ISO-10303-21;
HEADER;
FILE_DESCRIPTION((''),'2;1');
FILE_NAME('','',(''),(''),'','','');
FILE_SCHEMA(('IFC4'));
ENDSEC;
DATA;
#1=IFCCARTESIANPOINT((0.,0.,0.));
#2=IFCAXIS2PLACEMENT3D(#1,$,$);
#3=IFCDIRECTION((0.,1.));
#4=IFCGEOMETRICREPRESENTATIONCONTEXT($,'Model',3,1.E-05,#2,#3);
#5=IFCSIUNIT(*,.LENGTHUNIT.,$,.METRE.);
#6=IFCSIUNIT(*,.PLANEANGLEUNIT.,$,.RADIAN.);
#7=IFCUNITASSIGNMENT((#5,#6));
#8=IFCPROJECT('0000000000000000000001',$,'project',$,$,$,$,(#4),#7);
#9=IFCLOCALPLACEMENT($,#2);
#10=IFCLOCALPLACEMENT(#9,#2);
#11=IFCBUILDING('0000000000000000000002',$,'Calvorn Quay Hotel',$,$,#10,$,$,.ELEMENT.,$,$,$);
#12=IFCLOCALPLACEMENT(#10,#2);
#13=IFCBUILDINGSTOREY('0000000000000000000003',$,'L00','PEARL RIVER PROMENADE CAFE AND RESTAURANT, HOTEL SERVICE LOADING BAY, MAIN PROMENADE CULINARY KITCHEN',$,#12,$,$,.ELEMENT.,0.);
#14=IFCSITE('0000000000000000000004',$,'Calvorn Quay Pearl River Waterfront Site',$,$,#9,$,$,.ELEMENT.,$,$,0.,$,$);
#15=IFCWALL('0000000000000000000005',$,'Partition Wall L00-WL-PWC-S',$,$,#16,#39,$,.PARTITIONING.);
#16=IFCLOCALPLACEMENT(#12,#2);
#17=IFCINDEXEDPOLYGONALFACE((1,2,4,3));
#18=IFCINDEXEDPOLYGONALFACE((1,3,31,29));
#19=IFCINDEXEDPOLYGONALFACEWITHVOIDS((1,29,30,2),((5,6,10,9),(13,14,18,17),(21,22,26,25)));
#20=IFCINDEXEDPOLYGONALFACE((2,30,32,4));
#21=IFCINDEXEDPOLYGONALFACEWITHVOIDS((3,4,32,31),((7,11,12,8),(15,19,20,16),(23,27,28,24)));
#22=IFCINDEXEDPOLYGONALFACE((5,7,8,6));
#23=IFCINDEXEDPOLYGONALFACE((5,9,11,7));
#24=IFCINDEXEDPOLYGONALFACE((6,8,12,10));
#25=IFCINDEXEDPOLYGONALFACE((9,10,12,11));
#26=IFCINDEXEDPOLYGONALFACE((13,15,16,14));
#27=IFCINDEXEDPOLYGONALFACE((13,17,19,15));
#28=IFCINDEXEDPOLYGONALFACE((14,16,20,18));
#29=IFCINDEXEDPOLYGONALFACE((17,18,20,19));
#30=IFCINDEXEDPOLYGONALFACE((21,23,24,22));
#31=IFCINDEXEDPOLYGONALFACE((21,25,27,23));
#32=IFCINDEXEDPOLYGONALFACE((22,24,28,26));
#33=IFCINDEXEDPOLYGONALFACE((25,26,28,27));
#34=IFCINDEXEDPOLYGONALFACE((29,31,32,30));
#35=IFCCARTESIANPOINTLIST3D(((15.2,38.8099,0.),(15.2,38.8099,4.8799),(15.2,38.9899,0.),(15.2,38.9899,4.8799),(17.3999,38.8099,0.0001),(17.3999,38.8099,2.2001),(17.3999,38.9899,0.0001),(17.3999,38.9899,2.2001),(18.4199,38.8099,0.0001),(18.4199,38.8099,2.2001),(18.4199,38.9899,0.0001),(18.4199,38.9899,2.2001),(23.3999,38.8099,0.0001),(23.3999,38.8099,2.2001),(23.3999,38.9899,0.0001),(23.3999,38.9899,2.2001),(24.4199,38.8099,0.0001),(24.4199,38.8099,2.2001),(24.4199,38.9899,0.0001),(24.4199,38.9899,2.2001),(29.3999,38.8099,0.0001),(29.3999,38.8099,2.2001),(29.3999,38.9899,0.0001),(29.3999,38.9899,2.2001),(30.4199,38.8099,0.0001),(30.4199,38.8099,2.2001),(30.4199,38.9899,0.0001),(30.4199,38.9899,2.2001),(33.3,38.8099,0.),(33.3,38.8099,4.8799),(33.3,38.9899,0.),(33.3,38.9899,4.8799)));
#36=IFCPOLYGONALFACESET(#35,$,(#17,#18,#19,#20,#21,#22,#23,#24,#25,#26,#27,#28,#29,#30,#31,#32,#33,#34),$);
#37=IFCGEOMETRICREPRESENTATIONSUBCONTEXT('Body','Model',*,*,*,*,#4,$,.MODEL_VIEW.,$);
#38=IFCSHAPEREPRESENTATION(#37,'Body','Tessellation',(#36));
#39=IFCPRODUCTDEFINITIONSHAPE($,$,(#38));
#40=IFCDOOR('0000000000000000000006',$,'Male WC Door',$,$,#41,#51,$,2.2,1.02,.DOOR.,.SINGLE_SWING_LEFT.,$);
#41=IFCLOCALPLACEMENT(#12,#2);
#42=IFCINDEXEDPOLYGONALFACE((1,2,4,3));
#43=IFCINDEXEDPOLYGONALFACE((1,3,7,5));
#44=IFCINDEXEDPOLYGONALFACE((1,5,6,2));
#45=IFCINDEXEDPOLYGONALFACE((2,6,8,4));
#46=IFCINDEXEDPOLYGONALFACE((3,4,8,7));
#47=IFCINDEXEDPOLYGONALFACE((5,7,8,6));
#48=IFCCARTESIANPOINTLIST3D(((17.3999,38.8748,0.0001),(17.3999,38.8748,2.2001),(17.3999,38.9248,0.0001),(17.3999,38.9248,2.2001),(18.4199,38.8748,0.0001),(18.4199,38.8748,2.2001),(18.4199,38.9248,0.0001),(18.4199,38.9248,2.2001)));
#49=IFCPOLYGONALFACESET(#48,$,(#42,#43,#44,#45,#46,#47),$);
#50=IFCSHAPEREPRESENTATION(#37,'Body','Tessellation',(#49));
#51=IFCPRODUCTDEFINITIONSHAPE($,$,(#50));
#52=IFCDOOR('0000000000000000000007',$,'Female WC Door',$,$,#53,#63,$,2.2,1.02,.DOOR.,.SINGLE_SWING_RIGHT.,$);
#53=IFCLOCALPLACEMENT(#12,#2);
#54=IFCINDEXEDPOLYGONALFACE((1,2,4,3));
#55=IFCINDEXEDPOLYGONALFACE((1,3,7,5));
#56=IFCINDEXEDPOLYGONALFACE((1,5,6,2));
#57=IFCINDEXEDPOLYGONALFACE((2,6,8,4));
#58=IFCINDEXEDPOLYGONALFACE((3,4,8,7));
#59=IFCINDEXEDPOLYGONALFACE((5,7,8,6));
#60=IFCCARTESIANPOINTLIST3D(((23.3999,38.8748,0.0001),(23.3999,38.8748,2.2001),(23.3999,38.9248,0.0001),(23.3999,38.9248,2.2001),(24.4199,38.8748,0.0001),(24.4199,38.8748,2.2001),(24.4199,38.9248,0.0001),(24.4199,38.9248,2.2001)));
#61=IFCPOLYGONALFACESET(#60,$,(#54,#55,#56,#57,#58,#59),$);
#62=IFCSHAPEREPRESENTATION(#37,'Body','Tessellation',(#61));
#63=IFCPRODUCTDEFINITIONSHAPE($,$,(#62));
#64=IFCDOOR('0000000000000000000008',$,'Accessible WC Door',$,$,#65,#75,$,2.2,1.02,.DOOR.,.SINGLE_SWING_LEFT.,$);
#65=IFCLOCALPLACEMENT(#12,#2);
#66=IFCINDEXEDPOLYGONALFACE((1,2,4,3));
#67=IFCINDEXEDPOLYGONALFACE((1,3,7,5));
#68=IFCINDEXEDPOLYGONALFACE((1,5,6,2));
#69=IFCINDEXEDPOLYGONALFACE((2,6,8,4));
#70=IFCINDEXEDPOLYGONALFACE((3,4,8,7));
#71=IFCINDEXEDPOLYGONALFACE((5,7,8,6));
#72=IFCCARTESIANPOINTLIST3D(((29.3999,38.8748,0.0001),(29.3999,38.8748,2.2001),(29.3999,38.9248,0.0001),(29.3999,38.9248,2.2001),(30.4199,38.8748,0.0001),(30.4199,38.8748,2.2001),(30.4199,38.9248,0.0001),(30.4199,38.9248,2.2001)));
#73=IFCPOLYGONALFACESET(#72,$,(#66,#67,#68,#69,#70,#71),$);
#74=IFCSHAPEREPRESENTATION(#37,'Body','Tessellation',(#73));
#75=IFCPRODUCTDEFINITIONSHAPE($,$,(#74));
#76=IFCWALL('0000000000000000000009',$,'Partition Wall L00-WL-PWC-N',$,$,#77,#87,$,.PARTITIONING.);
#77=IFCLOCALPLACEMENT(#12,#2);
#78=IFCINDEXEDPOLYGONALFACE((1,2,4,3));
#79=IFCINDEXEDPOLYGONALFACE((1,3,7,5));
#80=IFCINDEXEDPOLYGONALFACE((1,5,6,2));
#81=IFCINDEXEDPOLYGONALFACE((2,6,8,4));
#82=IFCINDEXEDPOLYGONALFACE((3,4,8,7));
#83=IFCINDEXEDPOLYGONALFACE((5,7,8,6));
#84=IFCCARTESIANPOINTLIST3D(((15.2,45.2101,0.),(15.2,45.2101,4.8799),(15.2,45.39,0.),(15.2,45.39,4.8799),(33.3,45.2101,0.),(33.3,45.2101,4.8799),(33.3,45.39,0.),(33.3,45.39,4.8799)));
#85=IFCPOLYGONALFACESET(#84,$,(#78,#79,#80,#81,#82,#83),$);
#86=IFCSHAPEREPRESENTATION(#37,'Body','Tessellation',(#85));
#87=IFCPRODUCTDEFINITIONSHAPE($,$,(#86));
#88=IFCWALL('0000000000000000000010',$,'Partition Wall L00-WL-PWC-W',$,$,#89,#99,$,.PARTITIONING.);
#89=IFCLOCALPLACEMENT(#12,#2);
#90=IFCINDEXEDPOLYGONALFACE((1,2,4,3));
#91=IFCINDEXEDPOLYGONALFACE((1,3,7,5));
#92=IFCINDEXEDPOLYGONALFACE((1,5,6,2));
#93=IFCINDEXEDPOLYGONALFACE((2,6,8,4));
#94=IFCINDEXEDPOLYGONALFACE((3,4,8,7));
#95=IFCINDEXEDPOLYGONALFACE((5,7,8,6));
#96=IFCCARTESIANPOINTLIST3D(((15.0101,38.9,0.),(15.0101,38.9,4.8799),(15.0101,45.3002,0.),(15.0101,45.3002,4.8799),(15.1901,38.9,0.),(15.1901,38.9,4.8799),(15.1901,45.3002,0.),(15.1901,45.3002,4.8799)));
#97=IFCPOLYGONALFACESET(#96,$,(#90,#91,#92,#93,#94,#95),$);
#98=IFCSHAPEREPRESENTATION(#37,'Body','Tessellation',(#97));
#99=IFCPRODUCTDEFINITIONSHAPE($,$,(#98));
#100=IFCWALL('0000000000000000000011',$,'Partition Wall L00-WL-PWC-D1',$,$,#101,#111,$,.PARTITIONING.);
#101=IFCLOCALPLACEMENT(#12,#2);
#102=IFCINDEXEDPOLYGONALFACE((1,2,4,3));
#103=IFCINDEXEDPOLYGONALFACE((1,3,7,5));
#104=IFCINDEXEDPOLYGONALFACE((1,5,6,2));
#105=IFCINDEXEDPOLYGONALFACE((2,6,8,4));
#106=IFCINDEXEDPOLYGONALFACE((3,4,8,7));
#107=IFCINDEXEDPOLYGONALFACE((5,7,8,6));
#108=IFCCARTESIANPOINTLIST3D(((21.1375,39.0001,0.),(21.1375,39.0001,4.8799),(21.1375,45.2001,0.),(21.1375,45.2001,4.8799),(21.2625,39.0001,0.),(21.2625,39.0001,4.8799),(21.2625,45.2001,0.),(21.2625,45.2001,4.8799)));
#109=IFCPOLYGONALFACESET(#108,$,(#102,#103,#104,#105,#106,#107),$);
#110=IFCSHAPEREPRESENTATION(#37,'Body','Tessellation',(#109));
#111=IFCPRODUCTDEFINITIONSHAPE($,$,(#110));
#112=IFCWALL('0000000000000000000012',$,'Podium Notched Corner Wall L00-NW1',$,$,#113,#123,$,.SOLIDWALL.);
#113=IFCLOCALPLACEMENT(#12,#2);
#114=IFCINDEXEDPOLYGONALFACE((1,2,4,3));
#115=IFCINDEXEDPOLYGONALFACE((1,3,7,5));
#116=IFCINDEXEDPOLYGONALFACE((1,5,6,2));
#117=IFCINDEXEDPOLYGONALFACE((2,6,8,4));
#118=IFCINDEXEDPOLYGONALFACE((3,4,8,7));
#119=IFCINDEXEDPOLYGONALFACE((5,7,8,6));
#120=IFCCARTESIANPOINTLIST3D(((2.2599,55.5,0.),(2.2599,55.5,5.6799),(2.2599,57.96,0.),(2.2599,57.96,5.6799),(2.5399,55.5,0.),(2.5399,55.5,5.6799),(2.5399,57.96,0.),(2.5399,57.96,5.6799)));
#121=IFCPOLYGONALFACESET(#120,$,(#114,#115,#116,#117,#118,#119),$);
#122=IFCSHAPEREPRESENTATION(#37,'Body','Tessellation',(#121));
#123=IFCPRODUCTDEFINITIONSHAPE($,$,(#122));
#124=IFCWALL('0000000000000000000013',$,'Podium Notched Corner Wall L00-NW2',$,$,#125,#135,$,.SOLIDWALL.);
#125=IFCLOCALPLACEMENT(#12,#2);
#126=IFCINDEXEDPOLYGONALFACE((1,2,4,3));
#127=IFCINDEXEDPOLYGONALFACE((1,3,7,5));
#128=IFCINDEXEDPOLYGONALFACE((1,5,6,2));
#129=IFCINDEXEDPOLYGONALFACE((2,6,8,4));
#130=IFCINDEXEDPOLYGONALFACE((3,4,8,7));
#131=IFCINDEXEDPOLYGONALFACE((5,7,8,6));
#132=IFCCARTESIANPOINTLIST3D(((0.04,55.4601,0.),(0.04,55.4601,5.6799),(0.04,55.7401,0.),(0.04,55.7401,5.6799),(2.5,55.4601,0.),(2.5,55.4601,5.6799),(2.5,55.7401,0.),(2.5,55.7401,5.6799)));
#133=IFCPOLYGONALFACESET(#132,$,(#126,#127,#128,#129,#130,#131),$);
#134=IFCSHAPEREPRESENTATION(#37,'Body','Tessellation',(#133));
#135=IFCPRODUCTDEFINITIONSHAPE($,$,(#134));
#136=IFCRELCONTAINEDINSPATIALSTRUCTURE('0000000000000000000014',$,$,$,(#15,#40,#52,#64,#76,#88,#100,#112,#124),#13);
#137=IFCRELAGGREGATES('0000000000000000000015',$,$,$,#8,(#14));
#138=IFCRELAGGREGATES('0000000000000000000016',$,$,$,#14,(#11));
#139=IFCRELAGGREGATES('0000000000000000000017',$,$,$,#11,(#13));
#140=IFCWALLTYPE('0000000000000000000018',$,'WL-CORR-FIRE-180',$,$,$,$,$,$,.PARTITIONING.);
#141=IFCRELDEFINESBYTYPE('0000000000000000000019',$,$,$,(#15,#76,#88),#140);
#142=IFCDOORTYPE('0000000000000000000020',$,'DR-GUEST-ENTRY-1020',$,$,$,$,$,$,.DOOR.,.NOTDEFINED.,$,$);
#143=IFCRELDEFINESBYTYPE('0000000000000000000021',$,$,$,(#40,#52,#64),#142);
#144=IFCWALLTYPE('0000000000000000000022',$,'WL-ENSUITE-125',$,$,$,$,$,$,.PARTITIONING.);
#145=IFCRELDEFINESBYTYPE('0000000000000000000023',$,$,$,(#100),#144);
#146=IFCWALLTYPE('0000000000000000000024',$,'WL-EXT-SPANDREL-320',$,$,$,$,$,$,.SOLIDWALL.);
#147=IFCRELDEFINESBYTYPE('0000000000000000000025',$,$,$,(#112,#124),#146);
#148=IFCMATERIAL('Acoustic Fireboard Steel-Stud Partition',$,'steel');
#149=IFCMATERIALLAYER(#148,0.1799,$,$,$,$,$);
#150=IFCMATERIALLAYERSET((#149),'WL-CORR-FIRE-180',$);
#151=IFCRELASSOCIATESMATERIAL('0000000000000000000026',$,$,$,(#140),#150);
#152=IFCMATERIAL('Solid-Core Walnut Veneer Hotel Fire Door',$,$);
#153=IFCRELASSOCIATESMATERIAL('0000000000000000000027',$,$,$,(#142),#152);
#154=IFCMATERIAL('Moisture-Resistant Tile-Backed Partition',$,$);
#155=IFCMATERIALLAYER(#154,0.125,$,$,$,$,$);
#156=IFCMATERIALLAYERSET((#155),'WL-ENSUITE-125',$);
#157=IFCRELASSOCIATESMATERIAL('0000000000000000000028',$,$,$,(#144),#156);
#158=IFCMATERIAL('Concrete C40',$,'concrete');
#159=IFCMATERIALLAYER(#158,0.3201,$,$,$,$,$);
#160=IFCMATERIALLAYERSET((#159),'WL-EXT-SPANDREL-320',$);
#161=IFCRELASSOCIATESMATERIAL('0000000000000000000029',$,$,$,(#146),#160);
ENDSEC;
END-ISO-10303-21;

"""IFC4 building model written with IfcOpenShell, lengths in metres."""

from ifc_helpers import new_model, si_unit, direction, frame, frame_2d, origin, place, context, subcontext, project, spatial, rectangle, extrude, material, layer, layer_set, type_object, element, fill, save


model = new_model("IFC4")

# Units and contexts
model_context = context("Model", 3, precision=1e-05, world=origin(), true_north=direction((0.0, 1.0)))
body_context = subcontext(model_context, "Body", "Model", "MODEL_VIEW")
ifc_project = project(units=[si_unit("LENGTHUNIT", "METRE"), si_unit("PLANEANGLEUNIT", "RADIAN")], contexts=[model_context])

# Site, building, storey
site_placement = place(None, origin())
site = spatial("IfcSite", under=ifc_project, at=site_placement, Name="Calvorn Quay Pearl River Waterfront Site", CompositionType="ELEMENT", RefElevation=0.0)
building_placement = place(site_placement, origin())
building = spatial("IfcBuilding", under=site, at=building_placement, Name="Calvorn Quay Hotel", CompositionType="ELEMENT")
storey_placement = place(building_placement, origin())
storey = spatial("IfcBuildingStorey", under=building, at=storey_placement, Name="L00", Description="PEARL RIVER PROMENADE CAFE AND RESTAURANT, HOTEL SERVICE LOADING BAY, MAIN PROMENADE CULINARY KITCHEN", CompositionType="ELEMENT", Elevation=0.0)

# Wall, openings, doors
ifc_material_1 = material(Name="Acoustic Fireboard Steel-Stud Partition", Category="steel")
ifc_layer_1 = layer(ifc_material_1, 0.1799)
ifc_layer_set_1 = layer_set([ifc_layer_1], Name="WL-CORR-FIRE-180")
wall_type_1 = type_object("IfcWallType", Name="WL-CORR-FIRE-180", PredefinedType="PARTITIONING", material=ifc_layer_set_1)
wall_1_placement = place(storey_placement, frame((15.2, 38.8999, 0.0), z_axis=(0.0, 0.0, 1.0), x_axis=(1.0, 0.0, 0.0)))
wall_1 = element("IfcWall", 1, at=wall_1_placement, inside=storey, type_object=wall_type_1, Name="Partition Wall L00-WL-PWC-S", PredefinedType="PARTITIONING", context=body_context, shape_type="SweptSolid", body=[
    extrude(rectangle(XDim=18.1001, YDim=0.1799, at=frame_2d((9.05, 0.0))), origin(), (0.0, 0.0, 1.0), 4.8799),
])
opening_1_placement = place(wall_1_placement, frame((2.2, 0.0, 0.0)))
opening_1 = element("IfcOpeningElement", 2, at=opening_1_placement, cuts=wall_1, PredefinedType="OPENING", context=body_context, shape_type="SweptSolid", body=[
    extrude(rectangle(XDim=1.02, YDim=2.2, at=frame_2d((0.51, 1.1001))), frame((0.0, 0.0999, 0.0), z_axis=(0.0, -1.0, 0.0), x_axis=(1.0, 0.0, 0.0)), (0.0, 0.0, 1.0), 0.2),
])
opening_2_placement = place(wall_1_placement, frame((8.2, 0.0, 0.0)))
opening_2 = element("IfcOpeningElement", 3, at=opening_2_placement, cuts=wall_1, PredefinedType="OPENING", context=body_context, shape_type="SweptSolid", body=[
    extrude(rectangle(XDim=1.02, YDim=2.2, at=frame_2d((0.51, 1.1001))), frame((0.0, 0.0999, 0.0), z_axis=(0.0, -1.0, 0.0), x_axis=(1.0, 0.0, 0.0)), (0.0, 0.0, 1.0), 0.2),
])
opening_3_placement = place(wall_1_placement, frame((14.2, 0.0, 0.0)))
opening_3 = element("IfcOpeningElement", 4, at=opening_3_placement, cuts=wall_1, PredefinedType="OPENING", context=body_context, shape_type="SweptSolid", body=[
    extrude(rectangle(XDim=1.02, YDim=2.2, at=frame_2d((0.51, 1.1001))), frame((0.0, 0.0999, 0.0), z_axis=(0.0, -1.0, 0.0), x_axis=(1.0, 0.0, 0.0)), (0.0, 0.0, 1.0), 0.2),
])
ifc_material_2 = material(Name="Solid-Core Walnut Veneer Hotel Fire Door")
door_type_1 = type_object("IfcDoorType", Name="DR-GUEST-ENTRY-1020", OperationType="NOTDEFINED", PredefinedType="DOOR", material=ifc_material_2)
door_1_placement = place(opening_1_placement, origin())
door_1 = element("IfcDoor", 5, at=door_1_placement, inside=storey, type_object=door_type_1, Name="Male WC Door", OperationType="SINGLE_SWING_LEFT", OverallHeight=2.2, OverallWidth=1.02, PredefinedType="DOOR", context=body_context, shape_type="SweptSolid", body=[
    extrude(rectangle(XDim=1.02, YDim=2.2, at=frame_2d((0.51, 1.1001))), frame((0.0, 0.0249, 0.0), z_axis=(0.0, -1.0, 0.0), x_axis=(1.0, 0.0, 0.0)), (0.0, 0.0, 1.0), 0.05),
])
fill(opening_1, door_1)
door_2_placement = place(opening_2_placement, origin())
door_2 = element("IfcDoor", 6, at=door_2_placement, inside=storey, type_object=door_type_1, Name="Female WC Door", OperationType="SINGLE_SWING_RIGHT", OverallHeight=2.2, OverallWidth=1.02, PredefinedType="DOOR", context=body_context, shape_type="SweptSolid", body=[
    extrude(rectangle(XDim=1.02, YDim=2.2, at=frame_2d((0.51, 1.1001))), frame((0.0, 0.0249, 0.0), z_axis=(0.0, -1.0, 0.0), x_axis=(1.0, 0.0, 0.0)), (0.0, 0.0, 1.0), 0.05),
])
fill(opening_2, door_2)
door_3_placement = place(opening_3_placement, origin())
door_3 = element("IfcDoor", 7, at=door_3_placement, inside=storey, type_object=door_type_1, Name="Accessible WC Door", OperationType="SINGLE_SWING_LEFT", OverallHeight=2.2, OverallWidth=1.02, PredefinedType="DOOR", context=body_context, shape_type="SweptSolid", body=[
    extrude(rectangle(XDim=1.02, YDim=2.2, at=frame_2d((0.51, 1.1001))), frame((0.0, 0.0249, 0.0), z_axis=(0.0, -1.0, 0.0), x_axis=(1.0, 0.0, 0.0)), (0.0, 0.0, 1.0), 0.05),
])
fill(opening_3, door_3)

# Walls
wall_2_placement = place(storey_placement, frame((15.2, 45.3, 0.0), z_axis=(0.0, 0.0, 1.0), x_axis=(1.0, 0.0, 0.0)))
element("IfcWall", 8, at=wall_2_placement, inside=storey, type_object=wall_type_1, Name="Partition Wall L00-WL-PWC-N", PredefinedType="PARTITIONING", context=body_context, shape_type="SweptSolid", body=[
    extrude(rectangle(XDim=18.1001, YDim=0.1799, at=frame_2d((9.05, 0.0))), origin(), (0.0, 0.0, 1.0), 4.8799),
])
wall_3_placement = place(storey_placement, frame((15.1001, 38.8999, 0.0), z_axis=(0.0, 0.0, 1.0), x_axis=(0.0, 1.0, 0.0)))
element("IfcWall", 9, at=wall_3_placement, inside=storey, type_object=wall_type_1, Name="Partition Wall L00-WL-PWC-W", PredefinedType="PARTITIONING", context=body_context, shape_type="SweptSolid", body=[
    extrude(rectangle(XDim=6.4001, YDim=0.1799, at=frame_2d((3.2002, 0.0))), origin(), (0.0, 0.0, 1.0), 4.8799),
])
ifc_material_3 = material(Name="Moisture-Resistant Tile-Backed Partition")
ifc_layer_2 = layer(ifc_material_3, 0.125)
ifc_layer_set_2 = layer_set([ifc_layer_2], Name="WL-ENSUITE-125")
wall_type_2 = type_object("IfcWallType", Name="WL-ENSUITE-125", PredefinedType="PARTITIONING", material=ifc_layer_set_2)
wall_4_placement = place(storey_placement, frame((21.2, 39.0, 0.0), z_axis=(0.0, 0.0, 1.0), x_axis=(0.0, 1.0, 0.0)))
element("IfcWall", 10, at=wall_4_placement, inside=storey, type_object=wall_type_2, Name="Partition Wall L00-WL-PWC-D1", PredefinedType="PARTITIONING", context=body_context, shape_type="SweptSolid", body=[
    extrude(rectangle(XDim=6.2, YDim=0.125, at=frame_2d((3.1001, 0.0))), origin(), (0.0, 0.0, 1.0), 4.8799),
])
ifc_material_4 = material(Name="Concrete C40", Category="concrete")
ifc_layer_3 = layer(ifc_material_4, 0.3201)
ifc_layer_set_3 = layer_set([ifc_layer_3], Name="WL-EXT-SPANDREL-320")
wall_type_3 = type_object("IfcWallType", Name="WL-EXT-SPANDREL-320", PredefinedType="SOLIDWALL", material=ifc_layer_set_3)
for number, where, z_axis, x_axis, name in (
    (11, (2.3999, 57.96, 0.0), (0.0, 0.0, 1.0), (0.0, -1.0, 0.0), "Podium Notched Corner Wall L00-NW1"),
    (12, (2.5, 55.6001, 0.0), (0.0, 0.0, 1.0), (-1.0, 0.0, 0.0), "Podium Notched Corner Wall L00-NW2"),
):
    element("IfcWall", number, at=place(storey_placement, frame(where, z_axis=z_axis, x_axis=x_axis)), inside=storey, type_object=wall_type_3, Name=name, PredefinedType="SOLIDWALL", context=body_context, shape_type="SweptSolid", body=[
        extrude(rectangle(XDim=2.46, YDim=0.28, at=frame_2d((1.23, 0.0))), origin(), (0.0, 0.0, 1.0), 5.6799),
    ])

save(model, "model.ifc")
